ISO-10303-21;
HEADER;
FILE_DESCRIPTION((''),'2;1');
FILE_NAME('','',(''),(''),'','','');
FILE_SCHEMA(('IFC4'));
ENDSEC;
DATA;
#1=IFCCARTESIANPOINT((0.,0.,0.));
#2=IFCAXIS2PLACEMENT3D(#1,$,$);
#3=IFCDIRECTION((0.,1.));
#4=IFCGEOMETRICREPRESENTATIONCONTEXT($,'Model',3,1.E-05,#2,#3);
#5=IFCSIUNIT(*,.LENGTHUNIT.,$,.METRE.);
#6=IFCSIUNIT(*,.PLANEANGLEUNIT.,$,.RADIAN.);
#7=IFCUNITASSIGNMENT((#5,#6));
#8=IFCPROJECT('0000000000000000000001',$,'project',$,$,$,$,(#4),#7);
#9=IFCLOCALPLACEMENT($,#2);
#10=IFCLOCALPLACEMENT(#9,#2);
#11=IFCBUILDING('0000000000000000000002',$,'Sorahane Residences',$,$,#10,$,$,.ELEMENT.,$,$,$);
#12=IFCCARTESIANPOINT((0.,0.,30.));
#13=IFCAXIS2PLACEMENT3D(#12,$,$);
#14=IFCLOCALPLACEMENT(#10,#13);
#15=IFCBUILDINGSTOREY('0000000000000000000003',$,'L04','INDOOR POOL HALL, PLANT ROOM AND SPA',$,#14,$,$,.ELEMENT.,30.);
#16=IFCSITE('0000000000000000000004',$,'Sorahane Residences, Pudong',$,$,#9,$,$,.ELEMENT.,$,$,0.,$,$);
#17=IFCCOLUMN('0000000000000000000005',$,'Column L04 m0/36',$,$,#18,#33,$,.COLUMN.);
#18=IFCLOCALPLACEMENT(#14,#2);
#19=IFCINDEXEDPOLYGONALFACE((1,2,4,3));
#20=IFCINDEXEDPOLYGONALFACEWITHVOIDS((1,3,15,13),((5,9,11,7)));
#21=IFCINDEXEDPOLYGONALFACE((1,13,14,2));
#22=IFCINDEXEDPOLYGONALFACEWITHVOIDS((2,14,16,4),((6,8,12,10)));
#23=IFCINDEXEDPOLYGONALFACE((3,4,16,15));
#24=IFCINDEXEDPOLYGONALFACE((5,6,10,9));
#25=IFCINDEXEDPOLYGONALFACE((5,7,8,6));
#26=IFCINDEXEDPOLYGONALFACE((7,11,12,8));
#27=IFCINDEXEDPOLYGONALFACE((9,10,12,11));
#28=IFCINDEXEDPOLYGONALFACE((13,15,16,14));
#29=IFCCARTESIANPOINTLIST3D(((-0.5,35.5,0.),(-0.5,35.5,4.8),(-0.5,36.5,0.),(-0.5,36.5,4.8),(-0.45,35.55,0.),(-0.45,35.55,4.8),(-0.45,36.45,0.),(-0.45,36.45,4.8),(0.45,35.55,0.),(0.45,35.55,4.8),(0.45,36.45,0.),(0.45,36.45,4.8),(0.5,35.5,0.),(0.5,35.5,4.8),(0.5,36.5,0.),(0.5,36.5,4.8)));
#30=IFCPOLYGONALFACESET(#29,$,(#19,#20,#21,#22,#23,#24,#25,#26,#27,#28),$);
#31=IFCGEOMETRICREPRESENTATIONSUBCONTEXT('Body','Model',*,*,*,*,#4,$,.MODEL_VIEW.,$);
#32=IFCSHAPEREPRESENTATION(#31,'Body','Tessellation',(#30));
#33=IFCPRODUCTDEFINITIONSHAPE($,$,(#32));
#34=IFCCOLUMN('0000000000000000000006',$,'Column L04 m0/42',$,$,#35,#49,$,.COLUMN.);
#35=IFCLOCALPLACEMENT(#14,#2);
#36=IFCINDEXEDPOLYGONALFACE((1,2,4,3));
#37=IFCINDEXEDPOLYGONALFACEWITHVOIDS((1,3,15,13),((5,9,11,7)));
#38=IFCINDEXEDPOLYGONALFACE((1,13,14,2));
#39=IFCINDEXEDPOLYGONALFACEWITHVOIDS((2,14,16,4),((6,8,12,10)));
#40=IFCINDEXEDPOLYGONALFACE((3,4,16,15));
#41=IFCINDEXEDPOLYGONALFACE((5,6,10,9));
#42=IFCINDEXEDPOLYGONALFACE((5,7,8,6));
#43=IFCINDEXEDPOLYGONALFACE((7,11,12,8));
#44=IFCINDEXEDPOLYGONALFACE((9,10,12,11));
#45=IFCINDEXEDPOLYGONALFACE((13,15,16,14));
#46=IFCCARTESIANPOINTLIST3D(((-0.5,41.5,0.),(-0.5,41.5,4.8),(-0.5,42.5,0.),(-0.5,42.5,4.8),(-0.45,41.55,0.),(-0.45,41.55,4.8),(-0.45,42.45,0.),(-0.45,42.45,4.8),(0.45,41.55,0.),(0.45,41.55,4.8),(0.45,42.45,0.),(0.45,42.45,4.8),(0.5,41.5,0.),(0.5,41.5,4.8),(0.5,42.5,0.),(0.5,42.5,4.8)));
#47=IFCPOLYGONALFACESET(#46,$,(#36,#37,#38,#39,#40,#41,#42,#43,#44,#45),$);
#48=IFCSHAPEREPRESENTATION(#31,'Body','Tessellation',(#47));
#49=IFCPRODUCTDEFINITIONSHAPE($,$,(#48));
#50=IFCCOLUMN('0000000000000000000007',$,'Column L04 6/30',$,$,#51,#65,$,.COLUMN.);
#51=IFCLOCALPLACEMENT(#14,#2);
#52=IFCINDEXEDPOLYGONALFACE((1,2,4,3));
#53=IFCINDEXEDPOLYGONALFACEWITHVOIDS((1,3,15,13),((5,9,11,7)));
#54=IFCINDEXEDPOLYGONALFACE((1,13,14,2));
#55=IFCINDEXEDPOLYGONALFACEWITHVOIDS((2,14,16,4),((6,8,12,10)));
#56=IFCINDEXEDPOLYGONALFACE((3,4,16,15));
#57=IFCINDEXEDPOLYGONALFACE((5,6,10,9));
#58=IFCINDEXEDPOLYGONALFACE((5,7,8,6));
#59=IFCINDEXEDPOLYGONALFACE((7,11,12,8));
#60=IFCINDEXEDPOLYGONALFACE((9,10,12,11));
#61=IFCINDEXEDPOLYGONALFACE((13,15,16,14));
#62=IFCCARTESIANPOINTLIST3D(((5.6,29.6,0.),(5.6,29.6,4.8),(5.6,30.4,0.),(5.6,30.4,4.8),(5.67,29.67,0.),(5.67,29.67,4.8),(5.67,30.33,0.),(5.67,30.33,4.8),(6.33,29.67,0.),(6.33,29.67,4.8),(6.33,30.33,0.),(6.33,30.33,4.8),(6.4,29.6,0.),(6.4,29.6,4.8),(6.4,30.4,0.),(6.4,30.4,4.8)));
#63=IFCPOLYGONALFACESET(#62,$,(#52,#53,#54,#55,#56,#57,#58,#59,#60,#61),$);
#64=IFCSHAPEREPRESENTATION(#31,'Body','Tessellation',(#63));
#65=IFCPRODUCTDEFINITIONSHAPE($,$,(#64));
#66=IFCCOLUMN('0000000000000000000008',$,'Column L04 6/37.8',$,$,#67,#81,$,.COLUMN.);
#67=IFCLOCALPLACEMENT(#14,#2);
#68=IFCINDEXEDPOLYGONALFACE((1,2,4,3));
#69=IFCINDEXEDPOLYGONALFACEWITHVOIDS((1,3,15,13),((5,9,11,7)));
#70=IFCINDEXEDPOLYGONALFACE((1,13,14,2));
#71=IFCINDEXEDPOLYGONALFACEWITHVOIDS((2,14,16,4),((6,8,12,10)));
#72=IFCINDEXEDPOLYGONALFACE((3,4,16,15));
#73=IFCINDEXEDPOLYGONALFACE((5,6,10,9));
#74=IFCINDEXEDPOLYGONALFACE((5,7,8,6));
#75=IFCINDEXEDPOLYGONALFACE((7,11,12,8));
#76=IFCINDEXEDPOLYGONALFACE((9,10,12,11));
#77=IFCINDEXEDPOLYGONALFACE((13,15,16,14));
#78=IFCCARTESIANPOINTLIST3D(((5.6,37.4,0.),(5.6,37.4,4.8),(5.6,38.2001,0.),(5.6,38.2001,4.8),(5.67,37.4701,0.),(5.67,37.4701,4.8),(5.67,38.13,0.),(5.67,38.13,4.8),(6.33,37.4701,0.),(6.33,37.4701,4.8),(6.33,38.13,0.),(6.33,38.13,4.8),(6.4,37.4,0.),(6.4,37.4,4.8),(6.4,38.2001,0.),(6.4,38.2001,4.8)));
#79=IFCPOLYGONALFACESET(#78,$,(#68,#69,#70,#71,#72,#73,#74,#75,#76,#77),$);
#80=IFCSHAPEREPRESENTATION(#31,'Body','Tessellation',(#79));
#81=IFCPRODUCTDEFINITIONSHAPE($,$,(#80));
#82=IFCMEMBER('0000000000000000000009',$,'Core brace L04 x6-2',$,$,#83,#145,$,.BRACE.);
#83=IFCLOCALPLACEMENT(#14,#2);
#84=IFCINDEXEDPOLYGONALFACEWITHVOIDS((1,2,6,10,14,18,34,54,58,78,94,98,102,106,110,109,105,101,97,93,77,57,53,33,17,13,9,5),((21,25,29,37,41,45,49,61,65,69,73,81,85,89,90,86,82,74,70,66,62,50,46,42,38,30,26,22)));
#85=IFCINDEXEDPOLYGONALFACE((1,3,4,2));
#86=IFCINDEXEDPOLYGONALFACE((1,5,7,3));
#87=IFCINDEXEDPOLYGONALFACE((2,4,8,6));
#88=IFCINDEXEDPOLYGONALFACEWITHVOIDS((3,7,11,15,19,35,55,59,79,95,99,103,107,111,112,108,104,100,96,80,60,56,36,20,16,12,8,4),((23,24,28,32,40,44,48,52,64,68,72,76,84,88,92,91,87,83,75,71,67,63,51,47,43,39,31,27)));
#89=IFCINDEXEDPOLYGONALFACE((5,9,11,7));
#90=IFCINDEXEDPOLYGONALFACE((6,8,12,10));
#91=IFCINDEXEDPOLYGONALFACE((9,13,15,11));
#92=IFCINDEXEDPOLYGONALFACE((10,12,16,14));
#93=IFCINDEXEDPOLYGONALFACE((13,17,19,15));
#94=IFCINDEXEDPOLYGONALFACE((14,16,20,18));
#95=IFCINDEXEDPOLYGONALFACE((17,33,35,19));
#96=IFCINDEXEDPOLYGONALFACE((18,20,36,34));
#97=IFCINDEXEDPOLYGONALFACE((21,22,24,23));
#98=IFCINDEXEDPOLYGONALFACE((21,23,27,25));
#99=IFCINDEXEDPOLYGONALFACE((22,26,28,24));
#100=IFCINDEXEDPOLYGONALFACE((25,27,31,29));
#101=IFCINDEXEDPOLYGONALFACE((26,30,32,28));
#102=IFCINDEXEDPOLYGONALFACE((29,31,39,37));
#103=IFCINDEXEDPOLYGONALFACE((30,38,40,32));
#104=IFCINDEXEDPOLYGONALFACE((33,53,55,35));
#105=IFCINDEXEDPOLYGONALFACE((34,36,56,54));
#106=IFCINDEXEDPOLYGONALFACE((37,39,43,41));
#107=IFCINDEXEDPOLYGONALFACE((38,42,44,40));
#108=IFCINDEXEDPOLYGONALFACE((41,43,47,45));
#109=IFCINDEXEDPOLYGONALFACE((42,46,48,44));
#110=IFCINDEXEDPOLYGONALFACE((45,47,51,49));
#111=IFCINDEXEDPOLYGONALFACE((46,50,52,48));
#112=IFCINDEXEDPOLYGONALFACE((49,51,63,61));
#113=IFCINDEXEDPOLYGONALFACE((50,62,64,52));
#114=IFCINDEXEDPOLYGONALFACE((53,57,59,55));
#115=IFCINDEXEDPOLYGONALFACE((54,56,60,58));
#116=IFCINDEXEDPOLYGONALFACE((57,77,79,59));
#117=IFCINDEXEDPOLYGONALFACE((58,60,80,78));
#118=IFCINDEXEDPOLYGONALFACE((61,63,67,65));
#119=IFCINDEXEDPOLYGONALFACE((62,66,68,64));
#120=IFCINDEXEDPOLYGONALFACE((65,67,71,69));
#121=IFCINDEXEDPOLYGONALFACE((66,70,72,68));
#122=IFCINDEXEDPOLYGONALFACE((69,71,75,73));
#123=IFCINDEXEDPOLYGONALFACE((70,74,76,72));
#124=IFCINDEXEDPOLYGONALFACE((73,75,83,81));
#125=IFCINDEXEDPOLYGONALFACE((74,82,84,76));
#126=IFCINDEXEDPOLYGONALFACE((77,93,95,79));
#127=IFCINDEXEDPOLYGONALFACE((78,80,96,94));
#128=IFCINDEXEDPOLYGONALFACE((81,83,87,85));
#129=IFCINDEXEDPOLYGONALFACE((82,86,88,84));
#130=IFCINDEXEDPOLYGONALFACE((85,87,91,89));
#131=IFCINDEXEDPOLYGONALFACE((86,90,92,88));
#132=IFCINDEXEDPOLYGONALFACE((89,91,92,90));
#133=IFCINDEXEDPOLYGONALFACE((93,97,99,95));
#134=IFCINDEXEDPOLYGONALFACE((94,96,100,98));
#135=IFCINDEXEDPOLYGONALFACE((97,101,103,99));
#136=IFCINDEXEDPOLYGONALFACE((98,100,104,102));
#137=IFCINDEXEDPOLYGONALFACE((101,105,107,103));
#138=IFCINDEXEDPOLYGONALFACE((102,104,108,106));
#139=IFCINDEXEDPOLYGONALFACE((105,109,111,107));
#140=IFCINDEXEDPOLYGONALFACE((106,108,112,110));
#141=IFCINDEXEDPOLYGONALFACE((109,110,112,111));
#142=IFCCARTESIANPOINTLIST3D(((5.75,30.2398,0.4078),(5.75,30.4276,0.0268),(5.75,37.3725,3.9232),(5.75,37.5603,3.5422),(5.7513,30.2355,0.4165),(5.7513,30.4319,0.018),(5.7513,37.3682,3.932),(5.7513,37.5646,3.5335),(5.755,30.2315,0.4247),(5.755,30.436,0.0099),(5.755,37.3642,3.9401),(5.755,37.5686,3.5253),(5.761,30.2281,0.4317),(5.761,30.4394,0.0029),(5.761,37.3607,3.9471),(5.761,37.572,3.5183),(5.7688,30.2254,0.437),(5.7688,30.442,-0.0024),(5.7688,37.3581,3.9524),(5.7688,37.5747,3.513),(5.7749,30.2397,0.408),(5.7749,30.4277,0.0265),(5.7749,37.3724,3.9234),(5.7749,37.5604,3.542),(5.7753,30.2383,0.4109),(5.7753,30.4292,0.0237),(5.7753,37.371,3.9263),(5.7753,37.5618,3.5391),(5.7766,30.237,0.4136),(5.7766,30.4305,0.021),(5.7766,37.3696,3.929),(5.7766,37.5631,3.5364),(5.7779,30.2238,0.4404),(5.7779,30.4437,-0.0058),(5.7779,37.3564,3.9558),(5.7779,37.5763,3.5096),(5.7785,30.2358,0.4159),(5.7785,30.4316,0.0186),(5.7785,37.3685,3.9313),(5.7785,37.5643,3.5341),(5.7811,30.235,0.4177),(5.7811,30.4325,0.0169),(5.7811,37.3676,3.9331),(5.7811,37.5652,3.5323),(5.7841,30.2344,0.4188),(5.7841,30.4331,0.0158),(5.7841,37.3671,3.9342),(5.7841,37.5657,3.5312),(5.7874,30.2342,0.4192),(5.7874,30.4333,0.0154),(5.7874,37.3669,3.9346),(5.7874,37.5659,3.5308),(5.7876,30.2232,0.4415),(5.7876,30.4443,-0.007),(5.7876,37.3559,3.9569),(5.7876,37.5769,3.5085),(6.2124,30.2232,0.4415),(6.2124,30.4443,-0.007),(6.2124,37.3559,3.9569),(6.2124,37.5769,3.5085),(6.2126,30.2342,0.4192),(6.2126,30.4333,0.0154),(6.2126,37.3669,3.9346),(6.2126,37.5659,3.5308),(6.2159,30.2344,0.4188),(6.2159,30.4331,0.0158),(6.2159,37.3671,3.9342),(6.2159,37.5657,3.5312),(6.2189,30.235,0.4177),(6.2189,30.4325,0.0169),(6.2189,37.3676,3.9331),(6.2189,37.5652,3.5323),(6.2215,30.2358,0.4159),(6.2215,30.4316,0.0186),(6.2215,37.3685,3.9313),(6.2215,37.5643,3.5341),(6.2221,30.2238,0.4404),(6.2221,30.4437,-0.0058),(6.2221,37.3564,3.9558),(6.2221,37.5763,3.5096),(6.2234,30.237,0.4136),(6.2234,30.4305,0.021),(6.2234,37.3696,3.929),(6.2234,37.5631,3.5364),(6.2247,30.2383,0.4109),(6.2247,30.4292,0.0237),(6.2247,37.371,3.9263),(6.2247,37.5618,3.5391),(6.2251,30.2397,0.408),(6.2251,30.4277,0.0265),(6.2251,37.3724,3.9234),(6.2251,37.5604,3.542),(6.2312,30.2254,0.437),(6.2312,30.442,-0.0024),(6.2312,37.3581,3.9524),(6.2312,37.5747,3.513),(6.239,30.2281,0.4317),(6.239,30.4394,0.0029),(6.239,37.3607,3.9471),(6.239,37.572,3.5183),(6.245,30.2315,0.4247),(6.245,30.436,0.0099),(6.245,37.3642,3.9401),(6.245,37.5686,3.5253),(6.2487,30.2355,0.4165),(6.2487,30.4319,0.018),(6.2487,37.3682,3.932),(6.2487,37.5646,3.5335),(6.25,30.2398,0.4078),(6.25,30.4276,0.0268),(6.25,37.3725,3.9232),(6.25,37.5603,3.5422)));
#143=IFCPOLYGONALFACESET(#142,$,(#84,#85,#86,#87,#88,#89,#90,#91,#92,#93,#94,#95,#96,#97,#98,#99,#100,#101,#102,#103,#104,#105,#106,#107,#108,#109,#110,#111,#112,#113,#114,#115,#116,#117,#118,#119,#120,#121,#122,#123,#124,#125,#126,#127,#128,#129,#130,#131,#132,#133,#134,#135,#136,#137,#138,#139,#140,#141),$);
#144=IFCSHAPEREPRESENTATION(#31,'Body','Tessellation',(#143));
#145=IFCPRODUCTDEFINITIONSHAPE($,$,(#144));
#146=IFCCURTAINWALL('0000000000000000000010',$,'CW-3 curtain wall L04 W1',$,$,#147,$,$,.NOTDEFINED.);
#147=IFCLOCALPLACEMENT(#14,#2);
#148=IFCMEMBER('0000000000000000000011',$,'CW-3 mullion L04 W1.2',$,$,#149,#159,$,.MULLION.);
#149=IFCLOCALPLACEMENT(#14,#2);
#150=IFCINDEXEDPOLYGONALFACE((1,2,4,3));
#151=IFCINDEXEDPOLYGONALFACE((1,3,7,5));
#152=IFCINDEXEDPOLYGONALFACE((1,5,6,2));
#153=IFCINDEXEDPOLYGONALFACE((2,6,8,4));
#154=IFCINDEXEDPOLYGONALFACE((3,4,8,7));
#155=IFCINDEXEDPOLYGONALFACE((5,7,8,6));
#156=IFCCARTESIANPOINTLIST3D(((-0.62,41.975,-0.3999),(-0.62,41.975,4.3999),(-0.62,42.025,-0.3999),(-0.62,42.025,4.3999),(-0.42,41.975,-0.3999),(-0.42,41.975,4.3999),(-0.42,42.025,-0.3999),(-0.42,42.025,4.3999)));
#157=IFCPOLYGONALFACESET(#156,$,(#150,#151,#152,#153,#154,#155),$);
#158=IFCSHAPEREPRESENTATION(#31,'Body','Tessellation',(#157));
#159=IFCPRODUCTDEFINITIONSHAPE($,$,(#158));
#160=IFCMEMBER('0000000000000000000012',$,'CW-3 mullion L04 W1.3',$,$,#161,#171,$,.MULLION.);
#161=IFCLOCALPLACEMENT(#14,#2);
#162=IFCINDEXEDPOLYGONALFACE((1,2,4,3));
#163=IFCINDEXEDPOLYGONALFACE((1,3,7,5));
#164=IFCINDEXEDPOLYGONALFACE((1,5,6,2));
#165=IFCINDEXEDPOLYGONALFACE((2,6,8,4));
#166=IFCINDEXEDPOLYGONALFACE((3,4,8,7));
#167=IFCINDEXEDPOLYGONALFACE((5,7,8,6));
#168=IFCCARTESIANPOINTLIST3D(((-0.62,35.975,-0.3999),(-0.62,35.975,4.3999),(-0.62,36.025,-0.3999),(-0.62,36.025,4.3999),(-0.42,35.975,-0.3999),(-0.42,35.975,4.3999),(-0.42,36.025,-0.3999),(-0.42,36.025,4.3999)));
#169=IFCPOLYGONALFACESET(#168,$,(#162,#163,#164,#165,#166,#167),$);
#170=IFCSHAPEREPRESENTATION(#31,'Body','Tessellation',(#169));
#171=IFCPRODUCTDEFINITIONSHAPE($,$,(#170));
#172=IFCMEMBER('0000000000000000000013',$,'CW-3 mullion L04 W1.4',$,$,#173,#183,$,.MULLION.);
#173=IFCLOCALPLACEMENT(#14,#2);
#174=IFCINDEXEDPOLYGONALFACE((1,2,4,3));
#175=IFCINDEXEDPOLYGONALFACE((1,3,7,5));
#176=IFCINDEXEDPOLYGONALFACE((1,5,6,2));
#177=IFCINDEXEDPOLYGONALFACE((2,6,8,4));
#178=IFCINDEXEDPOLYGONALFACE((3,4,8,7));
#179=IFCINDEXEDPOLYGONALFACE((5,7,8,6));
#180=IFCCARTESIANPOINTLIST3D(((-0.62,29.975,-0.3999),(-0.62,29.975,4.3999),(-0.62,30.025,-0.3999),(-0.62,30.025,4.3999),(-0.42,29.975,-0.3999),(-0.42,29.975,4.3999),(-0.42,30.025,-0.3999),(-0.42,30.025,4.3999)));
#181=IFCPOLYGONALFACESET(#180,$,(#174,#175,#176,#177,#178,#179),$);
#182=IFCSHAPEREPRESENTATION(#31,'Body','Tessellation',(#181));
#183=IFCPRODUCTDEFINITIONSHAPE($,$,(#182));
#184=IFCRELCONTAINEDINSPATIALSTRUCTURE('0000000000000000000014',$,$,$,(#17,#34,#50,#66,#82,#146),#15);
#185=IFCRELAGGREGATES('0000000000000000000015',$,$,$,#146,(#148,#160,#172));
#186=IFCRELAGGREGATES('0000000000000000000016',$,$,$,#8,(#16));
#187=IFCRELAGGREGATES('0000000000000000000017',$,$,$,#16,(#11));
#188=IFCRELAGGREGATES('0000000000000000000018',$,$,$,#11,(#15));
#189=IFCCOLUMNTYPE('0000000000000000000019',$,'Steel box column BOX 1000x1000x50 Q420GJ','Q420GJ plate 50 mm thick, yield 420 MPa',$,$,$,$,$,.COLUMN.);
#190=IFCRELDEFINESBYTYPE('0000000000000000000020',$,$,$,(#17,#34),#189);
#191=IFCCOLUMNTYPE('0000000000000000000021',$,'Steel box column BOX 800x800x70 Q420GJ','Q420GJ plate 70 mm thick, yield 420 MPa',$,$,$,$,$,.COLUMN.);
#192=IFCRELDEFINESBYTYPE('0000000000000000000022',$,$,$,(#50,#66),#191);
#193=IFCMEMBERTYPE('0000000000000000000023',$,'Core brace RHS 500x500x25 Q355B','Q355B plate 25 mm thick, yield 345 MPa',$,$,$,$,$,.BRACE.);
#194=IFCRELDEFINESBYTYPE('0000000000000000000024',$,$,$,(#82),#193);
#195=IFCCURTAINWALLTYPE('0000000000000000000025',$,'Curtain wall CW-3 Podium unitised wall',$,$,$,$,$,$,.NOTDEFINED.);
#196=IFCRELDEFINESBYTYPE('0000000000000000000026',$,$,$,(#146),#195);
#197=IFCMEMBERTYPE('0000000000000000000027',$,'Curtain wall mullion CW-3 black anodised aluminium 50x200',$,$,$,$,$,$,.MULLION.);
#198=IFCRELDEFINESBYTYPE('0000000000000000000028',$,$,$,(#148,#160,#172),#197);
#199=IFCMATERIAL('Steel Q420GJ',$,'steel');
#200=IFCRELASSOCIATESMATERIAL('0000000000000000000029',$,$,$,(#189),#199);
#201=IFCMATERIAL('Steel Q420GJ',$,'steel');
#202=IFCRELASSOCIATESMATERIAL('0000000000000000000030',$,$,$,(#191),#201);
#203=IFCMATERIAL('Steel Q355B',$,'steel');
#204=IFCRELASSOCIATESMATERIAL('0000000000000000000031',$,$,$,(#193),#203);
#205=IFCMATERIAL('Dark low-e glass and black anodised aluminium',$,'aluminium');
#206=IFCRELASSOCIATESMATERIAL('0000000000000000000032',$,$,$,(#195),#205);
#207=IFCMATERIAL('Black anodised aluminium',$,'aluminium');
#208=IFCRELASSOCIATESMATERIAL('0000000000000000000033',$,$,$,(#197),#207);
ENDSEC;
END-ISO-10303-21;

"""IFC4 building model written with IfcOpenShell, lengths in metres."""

from ifc_helpers import new_model, si_unit, direction, frame, origin, origin_2d, place, context, subcontext, project, spatial, rectangle, hollow_rectangle, extrude, material, material_profile, profile_set, type_object, element, aggregate, save


model = new_model("IFC4")

# Units and contexts
model_context = context("Model", 3, precision=1e-05, world=origin(), true_north=direction((0.0, 1.0)))
body_context = subcontext(model_context, "Body", "Model", "MODEL_VIEW")
ifc_project = project(units=[si_unit("LENGTHUNIT", "METRE"), si_unit("PLANEANGLEUNIT", "RADIAN")], contexts=[model_context])

# Site, building, storey
site_placement = place(None, origin())
site = spatial("IfcSite", under=ifc_project, at=site_placement, Name="Sorahane Residences, Pudong", CompositionType="ELEMENT", RefElevation=0.0)
building_placement = place(site_placement, origin())
building = spatial("IfcBuilding", under=site, at=building_placement, Name="Sorahane Residences", CompositionType="ELEMENT")
storey_placement = place(building_placement, frame((0.0, 0.0, 30.0)))
storey = spatial("IfcBuildingStorey", under=building, at=storey_placement, Name="L04", Description="INDOOR POOL HALL, PLANT ROOM AND SPA", CompositionType="ELEMENT", Elevation=30.0)

# Columns
ifc_material_1 = material(Name="Steel Q420GJ", Category="steel")
ifc_material_profile_1 = material_profile(ifc_material_1, hollow_rectangle(XDim=1.0, YDim=1.0, WallThickness=0.05, at=origin_2d()), Name="BOX 1000x1000x50")
ifc_profile_set_1 = profile_set([ifc_material_profile_1], Name="Steel Q420GJ")
column_type_1 = type_object("IfcColumnType", Name="Steel box column BOX 1000x1000x50 Q420GJ", Description="Q420GJ plate 50 mm thick, yield 420 MPa", PredefinedType="COLUMN", material=ifc_profile_set_1)
for number, where, z_axis, x_axis, name in (
    (1, (0.0, 36.0, 0.0), (0.0, 0.0, 1.0), (1.0, 0.0, 0.0), "Column L04 m0/36"),
    (2, (0.0, 42.0, 0.0), (0.0, 0.0, 1.0), (1.0, 0.0, 0.0), "Column L04 m0/42"),
):
    element("IfcColumn", number, at=place(storey_placement, frame(where, z_axis=z_axis, x_axis=x_axis)), inside=storey, type_object=column_type_1, Name=name, PredefinedType="COLUMN", context=body_context, shape_type="SweptSolid", body=[
        extrude(hollow_rectangle(XDim=1.0, YDim=1.0, WallThickness=0.05, at=origin_2d()), origin(), (0.0, 0.0, 1.0), 4.8),
    ])
ifc_material_2 = material(Name="Steel Q420GJ", Category="steel")
ifc_material_profile_2 = material_profile(ifc_material_2, hollow_rectangle(XDim=0.8, YDim=0.8, WallThickness=0.0701, at=origin_2d()), Name="BOX 800x800x70")
ifc_profile_set_2 = profile_set([ifc_material_profile_2], Name="Steel Q420GJ")
column_type_2 = type_object("IfcColumnType", Name="Steel box column BOX 800x800x70 Q420GJ", Description="Q420GJ plate 70 mm thick, yield 420 MPa", PredefinedType="COLUMN", material=ifc_profile_set_2)
for number, where, z_axis, x_axis, name in (
    (3, (6.0, 30.0, 0.0), (0.0, 0.0, 1.0), (1.0, 0.0, 0.0), "Column L04 6/30"),
    (4, (6.0, 37.8, 0.0), (0.0, 0.0, 1.0), (1.0, 0.0, 0.0), "Column L04 6/37.8"),
):
    element("IfcColumn", number, at=place(storey_placement, frame(where, z_axis=z_axis, x_axis=x_axis)), inside=storey, type_object=column_type_2, Name=name, PredefinedType="COLUMN", context=body_context, shape_type="SweptSolid", body=[
        extrude(hollow_rectangle(XDim=0.8, YDim=0.8, WallThickness=0.0701, at=origin_2d()), origin(), (0.0, 0.0, 1.0), 4.8),
    ])

# Member
ifc_material_3 = material(Name="Steel Q355B", Category="steel")
ifc_material_profile_3 = material_profile(ifc_material_3, hollow_rectangle(XDim=0.5, YDim=0.5, WallThickness=0.0249, InnerFilletRadius=0.0125, OuterFilletRadius=0.0376, at=origin_2d()), Name="RHS 500x500x25")
ifc_profile_set_3 = profile_set([ifc_material_profile_3], Name="Steel Q355B")
member_type_1 = type_object("IfcMemberType", Name="Core brace RHS 500x500x25 Q355B", Description="Q355B plate 25 mm thick, yield 345 MPa", PredefinedType="BRACE", material=ifc_profile_set_3)
member_1_placement = place(storey_placement, frame((6.0, 30.3337, 0.2173), z_axis=(0.0, 0.896973, 0.442085), x_axis=(-1.0, 0.0, 0.0)))
element("IfcMember", 5, at=member_1_placement, inside=storey, type_object=member_type_1, Name="Core brace L04 x6-2", PredefinedType="BRACE", context=body_context, shape_type="SweptSolid", body=[
    extrude(hollow_rectangle(XDim=0.5, YDim=0.5, WallThickness=0.0249, InnerFilletRadius=0.0125, OuterFilletRadius=0.0376, at=origin_2d()), origin(), (0.0, 0.0, 1.0), 7.9519),
])

# Curtain wall, members
ifc_material_4 = material(Name="Dark low-e glass and black anodised aluminium", Category="aluminium")
curtain_wall_type = type_object("IfcCurtainWallType", Name="Curtain wall CW-3 Podium unitised wall", PredefinedType="NOTDEFINED", material=ifc_material_4)
curtain_wall_placement = place(storey_placement, origin())
curtain_wall = element("IfcCurtainWall", 6, at=curtain_wall_placement, inside=storey, type_object=curtain_wall_type, Name="CW-3 curtain wall L04 W1", PredefinedType="NOTDEFINED")
ifc_material_5 = material(Name="Black anodised aluminium", Category="aluminium")
ifc_material_profile_4 = material_profile(ifc_material_5, rectangle(XDim=0.2, YDim=0.05, at=origin_2d()), Name="Curtain wall mullion CW-3 black anodised aluminium 50x200")
ifc_profile_set_4 = profile_set([ifc_material_profile_4], Name="Black anodised aluminium")
member_type_2 = type_object("IfcMemberType", Name="Curtain wall mullion CW-3 black anodised aluminium 50x200", PredefinedType="MULLION", material=ifc_profile_set_4)
member_2_placement = place(storey_placement, frame((-0.52, 42.0, -0.3999), z_axis=(0.0, 0.0, 1.0), x_axis=(-1.0, 0.0, 0.0)))
member_2 = element("IfcMember", 7, at=member_2_placement, type_object=member_type_2, Name="CW-3 mullion L04 W1.2", PredefinedType="MULLION", context=body_context, shape_type="SweptSolid", body=[
    extrude(rectangle(XDim=0.2, YDim=0.05, at=origin_2d()), origin(), (0.0, 0.0, 1.0), 4.7998),
])
member_3_placement = place(storey_placement, frame((-0.52, 36.0, -0.3999), z_axis=(0.0, 0.0, 1.0), x_axis=(-1.0, 0.0, 0.0)))
member_3 = element("IfcMember", 8, at=member_3_placement, type_object=member_type_2, Name="CW-3 mullion L04 W1.3", PredefinedType="MULLION", context=body_context, shape_type="SweptSolid", body=[
    extrude(rectangle(XDim=0.2, YDim=0.05, at=origin_2d()), origin(), (0.0, 0.0, 1.0), 4.7998),
])
member_4_placement = place(storey_placement, frame((-0.52, 30.0, -0.3999), z_axis=(0.0, 0.0, 1.0), x_axis=(-1.0, 0.0, 0.0)))
member_4 = element("IfcMember", 9, at=member_4_placement, type_object=member_type_2, Name="CW-3 mullion L04 W1.4", PredefinedType="MULLION", context=body_context, shape_type="SweptSolid", body=[
    extrude(rectangle(XDim=0.2, YDim=0.05, at=origin_2d()), origin(), (0.0, 0.0, 1.0), 4.7998),
])

aggregate(curtain_wall, [member_2, member_3, member_4])

save(model, "model.ifc")
